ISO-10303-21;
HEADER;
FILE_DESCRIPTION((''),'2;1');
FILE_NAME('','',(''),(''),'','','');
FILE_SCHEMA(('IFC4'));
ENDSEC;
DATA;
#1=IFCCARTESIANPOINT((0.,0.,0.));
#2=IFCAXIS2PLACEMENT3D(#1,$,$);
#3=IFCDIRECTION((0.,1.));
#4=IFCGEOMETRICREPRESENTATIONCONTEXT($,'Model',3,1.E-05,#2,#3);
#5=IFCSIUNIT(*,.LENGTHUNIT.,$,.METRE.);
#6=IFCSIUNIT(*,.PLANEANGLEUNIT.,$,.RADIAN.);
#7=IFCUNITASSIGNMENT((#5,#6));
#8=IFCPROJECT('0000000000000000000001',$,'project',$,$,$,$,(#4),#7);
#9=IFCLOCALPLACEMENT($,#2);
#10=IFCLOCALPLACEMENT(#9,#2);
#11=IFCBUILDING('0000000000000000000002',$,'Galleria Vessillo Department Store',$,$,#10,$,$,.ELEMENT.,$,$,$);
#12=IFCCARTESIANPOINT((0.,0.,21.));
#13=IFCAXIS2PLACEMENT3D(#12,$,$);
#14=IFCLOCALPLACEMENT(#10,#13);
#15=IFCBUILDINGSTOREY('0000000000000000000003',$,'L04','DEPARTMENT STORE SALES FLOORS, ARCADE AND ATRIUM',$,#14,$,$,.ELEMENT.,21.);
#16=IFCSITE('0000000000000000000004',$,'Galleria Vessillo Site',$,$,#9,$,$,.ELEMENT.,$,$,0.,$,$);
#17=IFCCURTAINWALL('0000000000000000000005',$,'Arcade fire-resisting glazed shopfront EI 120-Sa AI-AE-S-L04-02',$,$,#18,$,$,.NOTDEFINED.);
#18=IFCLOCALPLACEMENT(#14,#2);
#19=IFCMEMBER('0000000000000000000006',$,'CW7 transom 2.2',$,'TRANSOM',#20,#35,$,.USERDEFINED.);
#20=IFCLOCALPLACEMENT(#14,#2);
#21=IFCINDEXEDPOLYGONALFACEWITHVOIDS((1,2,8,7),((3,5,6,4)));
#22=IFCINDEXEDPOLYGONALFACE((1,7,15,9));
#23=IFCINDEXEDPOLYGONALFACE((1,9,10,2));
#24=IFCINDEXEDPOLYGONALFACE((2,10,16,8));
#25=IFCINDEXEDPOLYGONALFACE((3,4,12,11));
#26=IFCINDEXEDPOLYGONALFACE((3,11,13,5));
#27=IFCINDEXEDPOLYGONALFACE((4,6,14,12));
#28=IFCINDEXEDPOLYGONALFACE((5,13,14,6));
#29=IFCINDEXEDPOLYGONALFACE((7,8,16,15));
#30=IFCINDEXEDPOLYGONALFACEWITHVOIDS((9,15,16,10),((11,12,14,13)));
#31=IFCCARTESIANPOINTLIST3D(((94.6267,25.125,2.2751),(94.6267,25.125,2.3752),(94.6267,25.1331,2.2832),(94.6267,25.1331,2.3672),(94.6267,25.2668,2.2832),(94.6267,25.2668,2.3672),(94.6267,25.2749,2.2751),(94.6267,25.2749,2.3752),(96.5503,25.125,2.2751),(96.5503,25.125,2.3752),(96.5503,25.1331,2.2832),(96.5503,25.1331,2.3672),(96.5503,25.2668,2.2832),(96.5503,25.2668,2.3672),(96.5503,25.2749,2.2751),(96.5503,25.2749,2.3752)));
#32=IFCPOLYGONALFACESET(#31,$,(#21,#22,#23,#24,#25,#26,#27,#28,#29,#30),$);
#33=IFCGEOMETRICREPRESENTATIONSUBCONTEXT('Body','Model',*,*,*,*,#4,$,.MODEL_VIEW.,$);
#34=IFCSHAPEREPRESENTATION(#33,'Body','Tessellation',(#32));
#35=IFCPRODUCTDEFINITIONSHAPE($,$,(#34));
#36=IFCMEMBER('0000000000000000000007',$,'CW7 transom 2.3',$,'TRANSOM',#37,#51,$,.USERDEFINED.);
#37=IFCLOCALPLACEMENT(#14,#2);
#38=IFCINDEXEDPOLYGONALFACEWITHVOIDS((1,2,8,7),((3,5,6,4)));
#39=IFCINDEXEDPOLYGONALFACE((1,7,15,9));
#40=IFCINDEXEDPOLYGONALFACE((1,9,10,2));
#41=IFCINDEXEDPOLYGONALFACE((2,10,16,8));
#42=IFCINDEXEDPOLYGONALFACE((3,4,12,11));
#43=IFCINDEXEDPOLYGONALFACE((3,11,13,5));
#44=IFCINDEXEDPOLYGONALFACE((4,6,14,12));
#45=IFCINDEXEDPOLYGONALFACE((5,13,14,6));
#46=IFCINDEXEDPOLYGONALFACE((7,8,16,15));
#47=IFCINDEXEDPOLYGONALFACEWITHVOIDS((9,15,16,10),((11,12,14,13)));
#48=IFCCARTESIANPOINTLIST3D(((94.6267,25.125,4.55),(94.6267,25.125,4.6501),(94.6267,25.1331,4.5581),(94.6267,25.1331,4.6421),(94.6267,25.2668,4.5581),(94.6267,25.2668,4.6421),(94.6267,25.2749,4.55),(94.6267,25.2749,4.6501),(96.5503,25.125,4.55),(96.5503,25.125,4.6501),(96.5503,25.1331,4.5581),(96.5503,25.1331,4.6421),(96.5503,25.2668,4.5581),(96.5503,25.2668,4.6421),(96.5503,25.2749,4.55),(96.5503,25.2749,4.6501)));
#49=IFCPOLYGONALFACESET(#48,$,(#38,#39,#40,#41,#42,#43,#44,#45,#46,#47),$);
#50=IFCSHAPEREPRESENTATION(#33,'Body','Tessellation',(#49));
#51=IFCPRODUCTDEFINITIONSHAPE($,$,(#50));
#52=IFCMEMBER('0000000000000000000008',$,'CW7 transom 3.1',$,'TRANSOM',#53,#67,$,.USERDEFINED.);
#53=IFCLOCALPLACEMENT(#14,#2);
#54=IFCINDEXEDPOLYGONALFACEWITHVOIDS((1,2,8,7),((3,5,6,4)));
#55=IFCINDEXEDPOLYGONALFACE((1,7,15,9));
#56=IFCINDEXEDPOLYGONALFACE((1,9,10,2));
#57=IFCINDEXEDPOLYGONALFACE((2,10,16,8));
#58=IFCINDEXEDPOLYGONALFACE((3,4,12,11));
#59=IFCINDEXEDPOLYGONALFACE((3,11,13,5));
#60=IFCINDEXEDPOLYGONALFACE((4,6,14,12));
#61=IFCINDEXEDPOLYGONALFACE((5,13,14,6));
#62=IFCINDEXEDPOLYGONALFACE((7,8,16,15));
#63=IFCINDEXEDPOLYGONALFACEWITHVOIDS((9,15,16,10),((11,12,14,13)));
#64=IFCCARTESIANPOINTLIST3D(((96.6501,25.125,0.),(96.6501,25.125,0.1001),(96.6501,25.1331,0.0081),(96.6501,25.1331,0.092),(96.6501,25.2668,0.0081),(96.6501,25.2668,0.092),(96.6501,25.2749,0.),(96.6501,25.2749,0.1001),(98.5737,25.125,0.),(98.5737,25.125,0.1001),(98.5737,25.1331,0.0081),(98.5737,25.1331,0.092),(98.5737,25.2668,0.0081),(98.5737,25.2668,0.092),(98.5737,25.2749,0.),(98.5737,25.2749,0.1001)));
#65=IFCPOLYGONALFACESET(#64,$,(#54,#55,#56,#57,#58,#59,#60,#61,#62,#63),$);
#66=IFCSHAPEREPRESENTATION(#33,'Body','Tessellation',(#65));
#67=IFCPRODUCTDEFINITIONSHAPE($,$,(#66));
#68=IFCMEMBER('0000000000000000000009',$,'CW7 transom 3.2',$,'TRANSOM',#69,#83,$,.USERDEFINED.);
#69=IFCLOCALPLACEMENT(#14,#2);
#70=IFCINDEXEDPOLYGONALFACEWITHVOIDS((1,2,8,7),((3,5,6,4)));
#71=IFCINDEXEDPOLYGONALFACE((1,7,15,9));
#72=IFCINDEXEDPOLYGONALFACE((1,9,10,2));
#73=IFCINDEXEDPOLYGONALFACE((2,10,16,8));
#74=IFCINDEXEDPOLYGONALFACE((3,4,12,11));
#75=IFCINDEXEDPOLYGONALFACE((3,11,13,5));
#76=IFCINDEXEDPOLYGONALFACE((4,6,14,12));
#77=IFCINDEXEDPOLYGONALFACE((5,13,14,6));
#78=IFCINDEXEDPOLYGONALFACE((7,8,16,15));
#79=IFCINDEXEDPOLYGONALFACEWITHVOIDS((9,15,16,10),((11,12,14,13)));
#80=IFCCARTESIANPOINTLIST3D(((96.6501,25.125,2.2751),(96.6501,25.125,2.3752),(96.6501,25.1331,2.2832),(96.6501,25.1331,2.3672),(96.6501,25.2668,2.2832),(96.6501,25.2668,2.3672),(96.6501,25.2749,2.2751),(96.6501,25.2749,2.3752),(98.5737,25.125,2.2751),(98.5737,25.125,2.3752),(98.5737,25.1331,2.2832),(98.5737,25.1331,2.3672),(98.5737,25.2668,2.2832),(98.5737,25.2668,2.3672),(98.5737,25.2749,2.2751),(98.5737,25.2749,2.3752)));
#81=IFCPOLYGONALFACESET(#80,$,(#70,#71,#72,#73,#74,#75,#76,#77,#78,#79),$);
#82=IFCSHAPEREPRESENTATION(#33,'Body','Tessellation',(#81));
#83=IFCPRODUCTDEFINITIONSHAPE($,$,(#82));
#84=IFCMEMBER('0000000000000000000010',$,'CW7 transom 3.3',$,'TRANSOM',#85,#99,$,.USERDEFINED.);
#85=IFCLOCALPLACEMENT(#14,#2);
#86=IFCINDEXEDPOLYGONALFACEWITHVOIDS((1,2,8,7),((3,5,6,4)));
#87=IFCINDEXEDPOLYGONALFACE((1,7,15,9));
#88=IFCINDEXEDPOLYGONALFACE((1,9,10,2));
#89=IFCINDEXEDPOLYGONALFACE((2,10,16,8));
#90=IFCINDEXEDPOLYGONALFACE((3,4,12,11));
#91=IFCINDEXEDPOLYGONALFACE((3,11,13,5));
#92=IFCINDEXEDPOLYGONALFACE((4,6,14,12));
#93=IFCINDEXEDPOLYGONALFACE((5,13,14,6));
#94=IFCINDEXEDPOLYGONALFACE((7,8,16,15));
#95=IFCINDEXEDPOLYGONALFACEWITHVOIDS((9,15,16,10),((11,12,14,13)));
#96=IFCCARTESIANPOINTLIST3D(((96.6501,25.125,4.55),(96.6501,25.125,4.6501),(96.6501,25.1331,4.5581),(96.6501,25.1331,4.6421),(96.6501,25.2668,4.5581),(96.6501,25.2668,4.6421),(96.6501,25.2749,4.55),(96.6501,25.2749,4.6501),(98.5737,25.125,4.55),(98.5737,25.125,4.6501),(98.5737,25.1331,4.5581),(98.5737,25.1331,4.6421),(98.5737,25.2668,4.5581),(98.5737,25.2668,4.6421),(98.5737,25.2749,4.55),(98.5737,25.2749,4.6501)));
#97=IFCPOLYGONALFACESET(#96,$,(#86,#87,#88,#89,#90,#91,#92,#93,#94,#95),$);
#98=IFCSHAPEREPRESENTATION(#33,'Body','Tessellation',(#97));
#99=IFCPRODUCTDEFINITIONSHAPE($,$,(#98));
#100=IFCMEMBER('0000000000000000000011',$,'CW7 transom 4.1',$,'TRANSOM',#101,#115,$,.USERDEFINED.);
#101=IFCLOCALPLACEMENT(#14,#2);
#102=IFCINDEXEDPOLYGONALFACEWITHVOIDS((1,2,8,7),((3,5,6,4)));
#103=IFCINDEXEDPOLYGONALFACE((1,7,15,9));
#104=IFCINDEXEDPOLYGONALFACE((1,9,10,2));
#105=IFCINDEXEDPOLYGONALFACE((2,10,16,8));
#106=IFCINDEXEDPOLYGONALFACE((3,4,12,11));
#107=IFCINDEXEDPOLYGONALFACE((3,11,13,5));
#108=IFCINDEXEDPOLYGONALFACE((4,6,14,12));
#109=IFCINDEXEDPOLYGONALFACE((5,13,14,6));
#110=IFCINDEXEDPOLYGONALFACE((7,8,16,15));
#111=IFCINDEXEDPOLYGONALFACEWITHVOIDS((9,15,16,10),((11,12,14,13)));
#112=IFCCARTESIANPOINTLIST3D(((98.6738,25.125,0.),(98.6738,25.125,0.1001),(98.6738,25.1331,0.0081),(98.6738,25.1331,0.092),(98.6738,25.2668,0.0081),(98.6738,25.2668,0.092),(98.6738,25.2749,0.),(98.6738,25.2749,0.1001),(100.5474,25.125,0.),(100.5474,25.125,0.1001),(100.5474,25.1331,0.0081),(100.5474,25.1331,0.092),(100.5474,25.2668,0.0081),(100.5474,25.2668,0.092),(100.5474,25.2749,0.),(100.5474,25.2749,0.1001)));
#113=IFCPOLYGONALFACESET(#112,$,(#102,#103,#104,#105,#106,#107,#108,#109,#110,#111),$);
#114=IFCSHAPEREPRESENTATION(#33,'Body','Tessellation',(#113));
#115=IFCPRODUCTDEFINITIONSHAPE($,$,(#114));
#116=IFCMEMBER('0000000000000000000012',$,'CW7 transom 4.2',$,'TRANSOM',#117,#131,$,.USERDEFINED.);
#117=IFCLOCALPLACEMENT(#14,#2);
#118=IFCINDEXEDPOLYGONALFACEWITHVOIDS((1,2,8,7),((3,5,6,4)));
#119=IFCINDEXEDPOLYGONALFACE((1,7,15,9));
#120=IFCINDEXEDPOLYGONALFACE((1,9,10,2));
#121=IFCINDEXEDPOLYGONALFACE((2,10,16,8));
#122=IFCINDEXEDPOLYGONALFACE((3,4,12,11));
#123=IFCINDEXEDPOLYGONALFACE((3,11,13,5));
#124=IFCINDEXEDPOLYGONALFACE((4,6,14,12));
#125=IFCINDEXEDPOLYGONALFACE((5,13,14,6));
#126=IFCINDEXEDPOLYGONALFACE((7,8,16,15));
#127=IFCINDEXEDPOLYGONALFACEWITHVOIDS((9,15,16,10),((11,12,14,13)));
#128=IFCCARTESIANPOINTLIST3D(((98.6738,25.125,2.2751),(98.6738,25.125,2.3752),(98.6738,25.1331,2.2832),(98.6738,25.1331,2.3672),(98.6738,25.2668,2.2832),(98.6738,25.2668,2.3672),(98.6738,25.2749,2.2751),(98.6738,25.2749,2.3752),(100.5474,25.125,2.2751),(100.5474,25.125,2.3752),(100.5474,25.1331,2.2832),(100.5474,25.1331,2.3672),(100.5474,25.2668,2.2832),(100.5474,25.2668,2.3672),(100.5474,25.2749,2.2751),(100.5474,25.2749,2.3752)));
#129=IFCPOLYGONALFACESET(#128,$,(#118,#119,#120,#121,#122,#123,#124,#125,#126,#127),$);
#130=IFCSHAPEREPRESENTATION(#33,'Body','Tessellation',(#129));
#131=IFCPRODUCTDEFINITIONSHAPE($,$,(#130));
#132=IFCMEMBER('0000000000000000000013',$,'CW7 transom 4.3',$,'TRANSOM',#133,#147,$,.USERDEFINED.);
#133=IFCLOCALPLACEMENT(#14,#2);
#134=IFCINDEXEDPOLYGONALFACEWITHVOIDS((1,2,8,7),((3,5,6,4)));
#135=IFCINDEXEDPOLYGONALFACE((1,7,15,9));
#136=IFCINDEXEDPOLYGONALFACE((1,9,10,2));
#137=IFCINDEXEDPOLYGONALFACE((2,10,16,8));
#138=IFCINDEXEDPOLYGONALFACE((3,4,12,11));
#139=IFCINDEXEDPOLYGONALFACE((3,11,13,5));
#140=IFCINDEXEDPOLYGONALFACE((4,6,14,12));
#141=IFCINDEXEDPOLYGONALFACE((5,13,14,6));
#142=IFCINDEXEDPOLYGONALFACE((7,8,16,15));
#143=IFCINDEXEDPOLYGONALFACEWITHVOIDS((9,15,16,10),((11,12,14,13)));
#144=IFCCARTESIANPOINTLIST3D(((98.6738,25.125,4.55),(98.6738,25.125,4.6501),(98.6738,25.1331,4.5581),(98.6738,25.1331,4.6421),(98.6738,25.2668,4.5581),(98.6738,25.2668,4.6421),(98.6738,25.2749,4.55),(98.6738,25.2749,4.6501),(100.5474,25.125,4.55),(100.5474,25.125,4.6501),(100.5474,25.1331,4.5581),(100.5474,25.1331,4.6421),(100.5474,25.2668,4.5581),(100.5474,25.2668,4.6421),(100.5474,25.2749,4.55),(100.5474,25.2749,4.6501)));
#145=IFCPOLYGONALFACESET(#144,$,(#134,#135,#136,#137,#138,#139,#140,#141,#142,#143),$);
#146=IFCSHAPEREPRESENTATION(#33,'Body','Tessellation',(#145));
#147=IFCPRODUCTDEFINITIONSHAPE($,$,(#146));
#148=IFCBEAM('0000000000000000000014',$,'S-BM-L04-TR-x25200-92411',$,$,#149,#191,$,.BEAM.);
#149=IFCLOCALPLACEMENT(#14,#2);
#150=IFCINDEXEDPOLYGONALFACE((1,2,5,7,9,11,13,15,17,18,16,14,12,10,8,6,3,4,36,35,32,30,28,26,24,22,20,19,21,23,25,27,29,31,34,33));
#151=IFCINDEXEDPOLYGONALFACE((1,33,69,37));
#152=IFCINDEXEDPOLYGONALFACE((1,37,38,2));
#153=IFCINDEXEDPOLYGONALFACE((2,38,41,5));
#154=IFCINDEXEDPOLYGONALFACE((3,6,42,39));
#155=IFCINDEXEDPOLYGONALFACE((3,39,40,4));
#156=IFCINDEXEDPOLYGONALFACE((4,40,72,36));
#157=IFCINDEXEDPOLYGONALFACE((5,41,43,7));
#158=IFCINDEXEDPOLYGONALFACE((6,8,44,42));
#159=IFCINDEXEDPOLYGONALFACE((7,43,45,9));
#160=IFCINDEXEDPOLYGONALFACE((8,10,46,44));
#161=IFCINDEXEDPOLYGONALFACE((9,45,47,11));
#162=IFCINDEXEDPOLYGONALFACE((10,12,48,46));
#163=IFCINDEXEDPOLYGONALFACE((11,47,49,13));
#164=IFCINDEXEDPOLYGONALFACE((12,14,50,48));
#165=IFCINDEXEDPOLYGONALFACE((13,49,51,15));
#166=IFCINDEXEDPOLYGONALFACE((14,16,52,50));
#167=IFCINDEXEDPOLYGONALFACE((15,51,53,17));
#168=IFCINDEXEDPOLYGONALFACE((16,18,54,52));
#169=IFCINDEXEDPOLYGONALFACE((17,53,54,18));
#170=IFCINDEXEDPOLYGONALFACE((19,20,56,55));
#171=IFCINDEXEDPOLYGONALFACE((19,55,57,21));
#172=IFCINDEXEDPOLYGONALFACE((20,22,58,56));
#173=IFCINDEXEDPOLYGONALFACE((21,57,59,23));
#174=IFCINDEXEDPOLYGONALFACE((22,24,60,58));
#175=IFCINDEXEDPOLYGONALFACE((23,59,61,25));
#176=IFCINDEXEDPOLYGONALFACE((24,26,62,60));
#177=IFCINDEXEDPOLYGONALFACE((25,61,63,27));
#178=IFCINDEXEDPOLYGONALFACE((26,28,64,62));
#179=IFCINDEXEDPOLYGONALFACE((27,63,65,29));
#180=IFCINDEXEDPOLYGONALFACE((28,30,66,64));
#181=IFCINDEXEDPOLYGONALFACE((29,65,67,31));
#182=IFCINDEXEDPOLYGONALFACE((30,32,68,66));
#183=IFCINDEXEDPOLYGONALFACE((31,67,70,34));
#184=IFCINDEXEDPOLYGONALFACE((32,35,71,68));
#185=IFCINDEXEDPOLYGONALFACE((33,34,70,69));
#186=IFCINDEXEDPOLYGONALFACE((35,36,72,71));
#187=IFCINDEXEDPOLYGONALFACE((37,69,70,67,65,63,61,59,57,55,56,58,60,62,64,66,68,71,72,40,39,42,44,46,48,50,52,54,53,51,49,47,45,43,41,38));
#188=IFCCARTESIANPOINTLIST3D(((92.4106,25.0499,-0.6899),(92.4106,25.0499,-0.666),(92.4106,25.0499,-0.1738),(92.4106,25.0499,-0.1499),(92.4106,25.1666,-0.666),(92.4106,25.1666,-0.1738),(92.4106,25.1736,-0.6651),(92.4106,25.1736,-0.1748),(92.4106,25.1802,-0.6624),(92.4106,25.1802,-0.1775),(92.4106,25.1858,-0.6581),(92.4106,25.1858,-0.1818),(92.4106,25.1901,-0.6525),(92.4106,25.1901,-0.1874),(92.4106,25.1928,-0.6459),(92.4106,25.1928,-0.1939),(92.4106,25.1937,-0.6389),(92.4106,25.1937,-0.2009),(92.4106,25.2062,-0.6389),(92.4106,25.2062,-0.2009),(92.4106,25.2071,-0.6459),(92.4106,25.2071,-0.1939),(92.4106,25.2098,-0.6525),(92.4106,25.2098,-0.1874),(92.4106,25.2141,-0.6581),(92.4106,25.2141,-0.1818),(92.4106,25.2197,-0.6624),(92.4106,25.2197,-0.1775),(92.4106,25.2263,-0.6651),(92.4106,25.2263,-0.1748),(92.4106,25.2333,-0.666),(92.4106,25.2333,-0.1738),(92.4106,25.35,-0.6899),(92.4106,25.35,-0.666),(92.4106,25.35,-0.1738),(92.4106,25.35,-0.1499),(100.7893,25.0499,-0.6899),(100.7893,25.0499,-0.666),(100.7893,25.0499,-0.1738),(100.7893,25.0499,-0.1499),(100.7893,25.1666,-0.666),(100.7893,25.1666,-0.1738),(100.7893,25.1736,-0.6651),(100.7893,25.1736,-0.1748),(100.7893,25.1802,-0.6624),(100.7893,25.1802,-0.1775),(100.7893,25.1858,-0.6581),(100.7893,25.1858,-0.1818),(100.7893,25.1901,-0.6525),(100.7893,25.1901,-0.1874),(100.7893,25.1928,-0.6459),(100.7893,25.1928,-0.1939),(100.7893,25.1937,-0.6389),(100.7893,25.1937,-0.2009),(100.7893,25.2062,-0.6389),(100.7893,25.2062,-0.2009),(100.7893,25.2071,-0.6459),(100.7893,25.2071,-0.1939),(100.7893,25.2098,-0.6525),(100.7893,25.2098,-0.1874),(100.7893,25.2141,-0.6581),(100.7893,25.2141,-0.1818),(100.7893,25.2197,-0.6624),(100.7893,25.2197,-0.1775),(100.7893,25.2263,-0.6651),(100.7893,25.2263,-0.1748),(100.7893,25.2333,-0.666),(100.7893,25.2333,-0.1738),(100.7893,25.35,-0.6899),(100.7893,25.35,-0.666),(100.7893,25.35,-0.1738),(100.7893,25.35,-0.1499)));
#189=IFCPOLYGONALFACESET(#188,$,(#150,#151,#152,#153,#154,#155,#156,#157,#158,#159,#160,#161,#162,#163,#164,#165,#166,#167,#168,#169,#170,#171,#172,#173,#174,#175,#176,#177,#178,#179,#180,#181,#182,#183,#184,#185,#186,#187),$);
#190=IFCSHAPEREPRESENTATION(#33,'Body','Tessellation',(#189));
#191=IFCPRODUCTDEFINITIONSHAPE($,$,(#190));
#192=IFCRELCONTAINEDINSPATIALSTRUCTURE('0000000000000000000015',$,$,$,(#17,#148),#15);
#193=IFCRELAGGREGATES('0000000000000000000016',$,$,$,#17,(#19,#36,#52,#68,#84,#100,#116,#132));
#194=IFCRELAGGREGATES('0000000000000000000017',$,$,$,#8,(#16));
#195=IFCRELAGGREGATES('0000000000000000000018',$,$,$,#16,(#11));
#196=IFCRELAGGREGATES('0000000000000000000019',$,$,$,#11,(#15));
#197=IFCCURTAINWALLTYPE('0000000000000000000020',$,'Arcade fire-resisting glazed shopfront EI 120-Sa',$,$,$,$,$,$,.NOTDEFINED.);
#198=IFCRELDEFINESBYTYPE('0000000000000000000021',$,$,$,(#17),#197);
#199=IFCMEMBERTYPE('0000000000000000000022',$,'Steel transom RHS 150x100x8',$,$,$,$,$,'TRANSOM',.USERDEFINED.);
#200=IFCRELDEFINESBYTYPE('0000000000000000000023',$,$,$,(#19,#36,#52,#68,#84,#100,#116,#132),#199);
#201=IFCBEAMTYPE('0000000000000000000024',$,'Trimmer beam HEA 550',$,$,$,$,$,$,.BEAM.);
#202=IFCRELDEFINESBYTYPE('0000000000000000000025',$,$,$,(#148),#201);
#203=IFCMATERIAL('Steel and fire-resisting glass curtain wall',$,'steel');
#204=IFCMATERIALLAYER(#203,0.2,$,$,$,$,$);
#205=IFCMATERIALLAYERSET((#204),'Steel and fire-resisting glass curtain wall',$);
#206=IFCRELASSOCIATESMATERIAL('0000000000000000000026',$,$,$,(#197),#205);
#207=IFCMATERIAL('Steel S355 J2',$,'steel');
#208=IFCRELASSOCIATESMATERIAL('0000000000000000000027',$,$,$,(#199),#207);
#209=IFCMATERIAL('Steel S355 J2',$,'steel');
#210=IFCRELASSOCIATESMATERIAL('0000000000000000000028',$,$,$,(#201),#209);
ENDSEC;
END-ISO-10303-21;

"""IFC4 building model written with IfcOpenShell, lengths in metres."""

from ifc_helpers import new_model, si_unit, direction, frame, origin, origin_2d, place, context, subcontext, project, spatial, hollow_rectangle, i_section, extrude, material, layer, layer_set, material_profile, profile_set, type_object, element, aggregate, save


model = new_model("IFC4")

# Units and contexts
model_context = context("Model", 3, precision=1e-05, world=origin(), true_north=direction((0.0, 1.0)))
body_context = subcontext(model_context, "Body", "Model", "MODEL_VIEW")
ifc_project = project(units=[si_unit("LENGTHUNIT", "METRE"), si_unit("PLANEANGLEUNIT", "RADIAN")], contexts=[model_context])

# Site, building, storey
site_placement = place(None, origin())
site = spatial("IfcSite", under=ifc_project, at=site_placement, Name="Galleria Vessillo Site", CompositionType="ELEMENT", RefElevation=0.0)
building_placement = place(site_placement, origin())
building = spatial("IfcBuilding", under=site, at=building_placement, Name="Galleria Vessillo Department Store", CompositionType="ELEMENT")
storey_placement = place(building_placement, frame((0.0, 0.0, 21.0)))
storey = spatial("IfcBuildingStorey", under=building, at=storey_placement, Name="L04", Description="DEPARTMENT STORE SALES FLOORS, ARCADE AND ATRIUM", CompositionType="ELEMENT", Elevation=21.0)

# Curtain wall, members
ifc_material_1 = material(Name="Steel and fire-resisting glass curtain wall", Category="steel")
ifc_layer_1 = layer(ifc_material_1, 0.2)
ifc_layer_set_1 = layer_set([ifc_layer_1], Name="Steel and fire-resisting glass curtain wall")
curtain_wall_type = type_object("IfcCurtainWallType", Name="Arcade fire-resisting glazed shopfront EI 120-Sa", PredefinedType="NOTDEFINED", material=ifc_layer_set_1)
curtain_wall_placement = place(storey_placement, origin())
curtain_wall = element("IfcCurtainWall", 1, at=curtain_wall_placement, inside=storey, type_object=curtain_wall_type, Name="Arcade fire-resisting glazed shopfront EI 120-Sa AI-AE-S-L04-02", PredefinedType="NOTDEFINED")
ifc_material_2 = material(Name="Steel S355 J2", Category="steel")
ifc_material_profile_1 = material_profile(ifc_material_2, hollow_rectangle(XDim=0.1499, YDim=0.1001, WallThickness=0.0081, at=origin_2d()), Name="RHS 150x100x8")
ifc_profile_set_1 = profile_set([ifc_material_profile_1], Name="Steel S355 J2")
member_type_1 = type_object("IfcMemberType", Name="Steel transom RHS 150x100x8", ElementType="TRANSOM", PredefinedType="USERDEFINED", material=ifc_profile_set_1)
member_1_placement = place(storey_placement, frame((94.6267, 25.2, 2.3252), z_axis=(1.0, 0.0, 0.0), x_axis=(0.0, 1.0, 0.0)))
member_1 = element("IfcMember", 2, at=member_1_placement, type_object=member_type_1, Name="CW7 transom 2.2", ObjectType="TRANSOM", PredefinedType="USERDEFINED", context=body_context, shape_type="SweptSolid", body=[
    extrude(hollow_rectangle(XDim=0.1499, YDim=0.1001, WallThickness=0.0081, at=origin_2d()), origin(), (0.0, 0.0, 1.0), 1.9236),
])
member_2_placement = place(storey_placement, frame((94.6267, 25.2, 4.6001), z_axis=(1.0, 0.0, 0.0), x_axis=(0.0, 1.0, 0.0)))
member_2 = element("IfcMember", 3, at=member_2_placement, type_object=member_type_1, Name="CW7 transom 2.3", ObjectType="TRANSOM", PredefinedType="USERDEFINED", context=body_context, shape_type="SweptSolid", body=[
    extrude(hollow_rectangle(XDim=0.1499, YDim=0.1001, WallThickness=0.0081, at=origin_2d()), origin(), (0.0, 0.0, 1.0), 1.9236),
])
member_3_placement = place(storey_placement, frame((96.6501, 25.2, 0.05), z_axis=(1.0, 0.0, 0.0), x_axis=(0.0, 1.0, 0.0)))
member_3 = element("IfcMember", 4, at=member_3_placement, type_object=member_type_1, Name="CW7 transom 3.1", ObjectType="TRANSOM", PredefinedType="USERDEFINED", context=body_context, shape_type="SweptSolid", body=[
    extrude(hollow_rectangle(XDim=0.1499, YDim=0.1001, WallThickness=0.0081, at=origin_2d()), origin(), (0.0, 0.0, 1.0), 1.9236),
])
member_4_placement = place(storey_placement, frame((96.6501, 25.2, 2.3252), z_axis=(1.0, 0.0, 0.0), x_axis=(0.0, 1.0, 0.0)))
member_4 = element("IfcMember", 5, at=member_4_placement, type_object=member_type_1, Name="CW7 transom 3.2", ObjectType="TRANSOM", PredefinedType="USERDEFINED", context=body_context, shape_type="SweptSolid", body=[
    extrude(hollow_rectangle(XDim=0.1499, YDim=0.1001, WallThickness=0.0081, at=origin_2d()), origin(), (0.0, 0.0, 1.0), 1.9236),
])
member_5_placement = place(storey_placement, frame((96.6501, 25.2, 4.6001), z_axis=(1.0, 0.0, 0.0), x_axis=(0.0, 1.0, 0.0)))
member_5 = element("IfcMember", 6, at=member_5_placement, type_object=member_type_1, Name="CW7 transom 3.3", ObjectType="TRANSOM", PredefinedType="USERDEFINED", context=body_context, shape_type="SweptSolid", body=[
    extrude(hollow_rectangle(XDim=0.1499, YDim=0.1001, WallThickness=0.0081, at=origin_2d()), origin(), (0.0, 0.0, 1.0), 1.9236),
])
member_6_placement = place(storey_placement, frame((98.6738, 25.2, 0.05), z_axis=(1.0, 0.0, 0.0), x_axis=(0.0, 1.0, 0.0)))
member_6 = element("IfcMember", 7, at=member_6_placement, type_object=member_type_1, Name="CW7 transom 4.1", ObjectType="TRANSOM", PredefinedType="USERDEFINED", context=body_context, shape_type="SweptSolid", body=[
    extrude(hollow_rectangle(XDim=0.1499, YDim=0.1001, WallThickness=0.0081, at=origin_2d()), origin(), (0.0, 0.0, 1.0), 1.8735),
])
member_7_placement = place(storey_placement, frame((98.6738, 25.2, 2.3252), z_axis=(1.0, 0.0, 0.0), x_axis=(0.0, 1.0, 0.0)))
member_7 = element("IfcMember", 8, at=member_7_placement, type_object=member_type_1, Name="CW7 transom 4.2", ObjectType="TRANSOM", PredefinedType="USERDEFINED", context=body_context, shape_type="SweptSolid", body=[
    extrude(hollow_rectangle(XDim=0.1499, YDim=0.1001, WallThickness=0.0081, at=origin_2d()), origin(), (0.0, 0.0, 1.0), 1.8735),
])
member_8_placement = place(storey_placement, frame((98.6738, 25.2, 4.6001), z_axis=(1.0, 0.0, 0.0), x_axis=(0.0, 1.0, 0.0)))
member_8 = element("IfcMember", 9, at=member_8_placement, type_object=member_type_1, Name="CW7 transom 4.3", ObjectType="TRANSOM", PredefinedType="USERDEFINED", context=body_context, shape_type="SweptSolid", body=[
    extrude(hollow_rectangle(XDim=0.1499, YDim=0.1001, WallThickness=0.0081, at=origin_2d()), origin(), (0.0, 0.0, 1.0), 1.8735),
])

# Beam
ifc_material_3 = material(Name="Steel S355 J2", Category="steel")
ifc_material_profile_2 = material_profile(ifc_material_3, i_section(OverallWidth=0.3, OverallDepth=0.54, WebThickness=0.0125, FlangeThickness=0.0239, FilletRadius=0.0271, at=origin_2d()), Name="HEA 550")
ifc_profile_set_2 = profile_set([ifc_material_profile_2], Name="Steel S355 J2")
beam_type_1 = type_object("IfcBeamType", Name="Trimmer beam HEA 550", PredefinedType="BEAM", material=ifc_profile_set_2)
beam_1_placement = place(storey_placement, frame((92.4106, 25.2, -0.4199), z_axis=(1.0, 0.0, 0.0), x_axis=(0.0, 1.0, 0.0)))
element("IfcBeam", 10, at=beam_1_placement, inside=storey, type_object=beam_type_1, Name="S-BM-L04-TR-x25200-92411", PredefinedType="BEAM", context=body_context, shape_type="SweptSolid", body=[
    extrude(i_section(OverallWidth=0.3, OverallDepth=0.54, WebThickness=0.0125, FlangeThickness=0.0239, FilletRadius=0.0271, at=origin_2d()), origin(), (0.0, 0.0, 1.0), 8.3787),
])

aggregate(curtain_wall, [member_1, member_2, member_3, member_4, member_5, member_6, member_7, member_8])

save(model, "model.ifc")
